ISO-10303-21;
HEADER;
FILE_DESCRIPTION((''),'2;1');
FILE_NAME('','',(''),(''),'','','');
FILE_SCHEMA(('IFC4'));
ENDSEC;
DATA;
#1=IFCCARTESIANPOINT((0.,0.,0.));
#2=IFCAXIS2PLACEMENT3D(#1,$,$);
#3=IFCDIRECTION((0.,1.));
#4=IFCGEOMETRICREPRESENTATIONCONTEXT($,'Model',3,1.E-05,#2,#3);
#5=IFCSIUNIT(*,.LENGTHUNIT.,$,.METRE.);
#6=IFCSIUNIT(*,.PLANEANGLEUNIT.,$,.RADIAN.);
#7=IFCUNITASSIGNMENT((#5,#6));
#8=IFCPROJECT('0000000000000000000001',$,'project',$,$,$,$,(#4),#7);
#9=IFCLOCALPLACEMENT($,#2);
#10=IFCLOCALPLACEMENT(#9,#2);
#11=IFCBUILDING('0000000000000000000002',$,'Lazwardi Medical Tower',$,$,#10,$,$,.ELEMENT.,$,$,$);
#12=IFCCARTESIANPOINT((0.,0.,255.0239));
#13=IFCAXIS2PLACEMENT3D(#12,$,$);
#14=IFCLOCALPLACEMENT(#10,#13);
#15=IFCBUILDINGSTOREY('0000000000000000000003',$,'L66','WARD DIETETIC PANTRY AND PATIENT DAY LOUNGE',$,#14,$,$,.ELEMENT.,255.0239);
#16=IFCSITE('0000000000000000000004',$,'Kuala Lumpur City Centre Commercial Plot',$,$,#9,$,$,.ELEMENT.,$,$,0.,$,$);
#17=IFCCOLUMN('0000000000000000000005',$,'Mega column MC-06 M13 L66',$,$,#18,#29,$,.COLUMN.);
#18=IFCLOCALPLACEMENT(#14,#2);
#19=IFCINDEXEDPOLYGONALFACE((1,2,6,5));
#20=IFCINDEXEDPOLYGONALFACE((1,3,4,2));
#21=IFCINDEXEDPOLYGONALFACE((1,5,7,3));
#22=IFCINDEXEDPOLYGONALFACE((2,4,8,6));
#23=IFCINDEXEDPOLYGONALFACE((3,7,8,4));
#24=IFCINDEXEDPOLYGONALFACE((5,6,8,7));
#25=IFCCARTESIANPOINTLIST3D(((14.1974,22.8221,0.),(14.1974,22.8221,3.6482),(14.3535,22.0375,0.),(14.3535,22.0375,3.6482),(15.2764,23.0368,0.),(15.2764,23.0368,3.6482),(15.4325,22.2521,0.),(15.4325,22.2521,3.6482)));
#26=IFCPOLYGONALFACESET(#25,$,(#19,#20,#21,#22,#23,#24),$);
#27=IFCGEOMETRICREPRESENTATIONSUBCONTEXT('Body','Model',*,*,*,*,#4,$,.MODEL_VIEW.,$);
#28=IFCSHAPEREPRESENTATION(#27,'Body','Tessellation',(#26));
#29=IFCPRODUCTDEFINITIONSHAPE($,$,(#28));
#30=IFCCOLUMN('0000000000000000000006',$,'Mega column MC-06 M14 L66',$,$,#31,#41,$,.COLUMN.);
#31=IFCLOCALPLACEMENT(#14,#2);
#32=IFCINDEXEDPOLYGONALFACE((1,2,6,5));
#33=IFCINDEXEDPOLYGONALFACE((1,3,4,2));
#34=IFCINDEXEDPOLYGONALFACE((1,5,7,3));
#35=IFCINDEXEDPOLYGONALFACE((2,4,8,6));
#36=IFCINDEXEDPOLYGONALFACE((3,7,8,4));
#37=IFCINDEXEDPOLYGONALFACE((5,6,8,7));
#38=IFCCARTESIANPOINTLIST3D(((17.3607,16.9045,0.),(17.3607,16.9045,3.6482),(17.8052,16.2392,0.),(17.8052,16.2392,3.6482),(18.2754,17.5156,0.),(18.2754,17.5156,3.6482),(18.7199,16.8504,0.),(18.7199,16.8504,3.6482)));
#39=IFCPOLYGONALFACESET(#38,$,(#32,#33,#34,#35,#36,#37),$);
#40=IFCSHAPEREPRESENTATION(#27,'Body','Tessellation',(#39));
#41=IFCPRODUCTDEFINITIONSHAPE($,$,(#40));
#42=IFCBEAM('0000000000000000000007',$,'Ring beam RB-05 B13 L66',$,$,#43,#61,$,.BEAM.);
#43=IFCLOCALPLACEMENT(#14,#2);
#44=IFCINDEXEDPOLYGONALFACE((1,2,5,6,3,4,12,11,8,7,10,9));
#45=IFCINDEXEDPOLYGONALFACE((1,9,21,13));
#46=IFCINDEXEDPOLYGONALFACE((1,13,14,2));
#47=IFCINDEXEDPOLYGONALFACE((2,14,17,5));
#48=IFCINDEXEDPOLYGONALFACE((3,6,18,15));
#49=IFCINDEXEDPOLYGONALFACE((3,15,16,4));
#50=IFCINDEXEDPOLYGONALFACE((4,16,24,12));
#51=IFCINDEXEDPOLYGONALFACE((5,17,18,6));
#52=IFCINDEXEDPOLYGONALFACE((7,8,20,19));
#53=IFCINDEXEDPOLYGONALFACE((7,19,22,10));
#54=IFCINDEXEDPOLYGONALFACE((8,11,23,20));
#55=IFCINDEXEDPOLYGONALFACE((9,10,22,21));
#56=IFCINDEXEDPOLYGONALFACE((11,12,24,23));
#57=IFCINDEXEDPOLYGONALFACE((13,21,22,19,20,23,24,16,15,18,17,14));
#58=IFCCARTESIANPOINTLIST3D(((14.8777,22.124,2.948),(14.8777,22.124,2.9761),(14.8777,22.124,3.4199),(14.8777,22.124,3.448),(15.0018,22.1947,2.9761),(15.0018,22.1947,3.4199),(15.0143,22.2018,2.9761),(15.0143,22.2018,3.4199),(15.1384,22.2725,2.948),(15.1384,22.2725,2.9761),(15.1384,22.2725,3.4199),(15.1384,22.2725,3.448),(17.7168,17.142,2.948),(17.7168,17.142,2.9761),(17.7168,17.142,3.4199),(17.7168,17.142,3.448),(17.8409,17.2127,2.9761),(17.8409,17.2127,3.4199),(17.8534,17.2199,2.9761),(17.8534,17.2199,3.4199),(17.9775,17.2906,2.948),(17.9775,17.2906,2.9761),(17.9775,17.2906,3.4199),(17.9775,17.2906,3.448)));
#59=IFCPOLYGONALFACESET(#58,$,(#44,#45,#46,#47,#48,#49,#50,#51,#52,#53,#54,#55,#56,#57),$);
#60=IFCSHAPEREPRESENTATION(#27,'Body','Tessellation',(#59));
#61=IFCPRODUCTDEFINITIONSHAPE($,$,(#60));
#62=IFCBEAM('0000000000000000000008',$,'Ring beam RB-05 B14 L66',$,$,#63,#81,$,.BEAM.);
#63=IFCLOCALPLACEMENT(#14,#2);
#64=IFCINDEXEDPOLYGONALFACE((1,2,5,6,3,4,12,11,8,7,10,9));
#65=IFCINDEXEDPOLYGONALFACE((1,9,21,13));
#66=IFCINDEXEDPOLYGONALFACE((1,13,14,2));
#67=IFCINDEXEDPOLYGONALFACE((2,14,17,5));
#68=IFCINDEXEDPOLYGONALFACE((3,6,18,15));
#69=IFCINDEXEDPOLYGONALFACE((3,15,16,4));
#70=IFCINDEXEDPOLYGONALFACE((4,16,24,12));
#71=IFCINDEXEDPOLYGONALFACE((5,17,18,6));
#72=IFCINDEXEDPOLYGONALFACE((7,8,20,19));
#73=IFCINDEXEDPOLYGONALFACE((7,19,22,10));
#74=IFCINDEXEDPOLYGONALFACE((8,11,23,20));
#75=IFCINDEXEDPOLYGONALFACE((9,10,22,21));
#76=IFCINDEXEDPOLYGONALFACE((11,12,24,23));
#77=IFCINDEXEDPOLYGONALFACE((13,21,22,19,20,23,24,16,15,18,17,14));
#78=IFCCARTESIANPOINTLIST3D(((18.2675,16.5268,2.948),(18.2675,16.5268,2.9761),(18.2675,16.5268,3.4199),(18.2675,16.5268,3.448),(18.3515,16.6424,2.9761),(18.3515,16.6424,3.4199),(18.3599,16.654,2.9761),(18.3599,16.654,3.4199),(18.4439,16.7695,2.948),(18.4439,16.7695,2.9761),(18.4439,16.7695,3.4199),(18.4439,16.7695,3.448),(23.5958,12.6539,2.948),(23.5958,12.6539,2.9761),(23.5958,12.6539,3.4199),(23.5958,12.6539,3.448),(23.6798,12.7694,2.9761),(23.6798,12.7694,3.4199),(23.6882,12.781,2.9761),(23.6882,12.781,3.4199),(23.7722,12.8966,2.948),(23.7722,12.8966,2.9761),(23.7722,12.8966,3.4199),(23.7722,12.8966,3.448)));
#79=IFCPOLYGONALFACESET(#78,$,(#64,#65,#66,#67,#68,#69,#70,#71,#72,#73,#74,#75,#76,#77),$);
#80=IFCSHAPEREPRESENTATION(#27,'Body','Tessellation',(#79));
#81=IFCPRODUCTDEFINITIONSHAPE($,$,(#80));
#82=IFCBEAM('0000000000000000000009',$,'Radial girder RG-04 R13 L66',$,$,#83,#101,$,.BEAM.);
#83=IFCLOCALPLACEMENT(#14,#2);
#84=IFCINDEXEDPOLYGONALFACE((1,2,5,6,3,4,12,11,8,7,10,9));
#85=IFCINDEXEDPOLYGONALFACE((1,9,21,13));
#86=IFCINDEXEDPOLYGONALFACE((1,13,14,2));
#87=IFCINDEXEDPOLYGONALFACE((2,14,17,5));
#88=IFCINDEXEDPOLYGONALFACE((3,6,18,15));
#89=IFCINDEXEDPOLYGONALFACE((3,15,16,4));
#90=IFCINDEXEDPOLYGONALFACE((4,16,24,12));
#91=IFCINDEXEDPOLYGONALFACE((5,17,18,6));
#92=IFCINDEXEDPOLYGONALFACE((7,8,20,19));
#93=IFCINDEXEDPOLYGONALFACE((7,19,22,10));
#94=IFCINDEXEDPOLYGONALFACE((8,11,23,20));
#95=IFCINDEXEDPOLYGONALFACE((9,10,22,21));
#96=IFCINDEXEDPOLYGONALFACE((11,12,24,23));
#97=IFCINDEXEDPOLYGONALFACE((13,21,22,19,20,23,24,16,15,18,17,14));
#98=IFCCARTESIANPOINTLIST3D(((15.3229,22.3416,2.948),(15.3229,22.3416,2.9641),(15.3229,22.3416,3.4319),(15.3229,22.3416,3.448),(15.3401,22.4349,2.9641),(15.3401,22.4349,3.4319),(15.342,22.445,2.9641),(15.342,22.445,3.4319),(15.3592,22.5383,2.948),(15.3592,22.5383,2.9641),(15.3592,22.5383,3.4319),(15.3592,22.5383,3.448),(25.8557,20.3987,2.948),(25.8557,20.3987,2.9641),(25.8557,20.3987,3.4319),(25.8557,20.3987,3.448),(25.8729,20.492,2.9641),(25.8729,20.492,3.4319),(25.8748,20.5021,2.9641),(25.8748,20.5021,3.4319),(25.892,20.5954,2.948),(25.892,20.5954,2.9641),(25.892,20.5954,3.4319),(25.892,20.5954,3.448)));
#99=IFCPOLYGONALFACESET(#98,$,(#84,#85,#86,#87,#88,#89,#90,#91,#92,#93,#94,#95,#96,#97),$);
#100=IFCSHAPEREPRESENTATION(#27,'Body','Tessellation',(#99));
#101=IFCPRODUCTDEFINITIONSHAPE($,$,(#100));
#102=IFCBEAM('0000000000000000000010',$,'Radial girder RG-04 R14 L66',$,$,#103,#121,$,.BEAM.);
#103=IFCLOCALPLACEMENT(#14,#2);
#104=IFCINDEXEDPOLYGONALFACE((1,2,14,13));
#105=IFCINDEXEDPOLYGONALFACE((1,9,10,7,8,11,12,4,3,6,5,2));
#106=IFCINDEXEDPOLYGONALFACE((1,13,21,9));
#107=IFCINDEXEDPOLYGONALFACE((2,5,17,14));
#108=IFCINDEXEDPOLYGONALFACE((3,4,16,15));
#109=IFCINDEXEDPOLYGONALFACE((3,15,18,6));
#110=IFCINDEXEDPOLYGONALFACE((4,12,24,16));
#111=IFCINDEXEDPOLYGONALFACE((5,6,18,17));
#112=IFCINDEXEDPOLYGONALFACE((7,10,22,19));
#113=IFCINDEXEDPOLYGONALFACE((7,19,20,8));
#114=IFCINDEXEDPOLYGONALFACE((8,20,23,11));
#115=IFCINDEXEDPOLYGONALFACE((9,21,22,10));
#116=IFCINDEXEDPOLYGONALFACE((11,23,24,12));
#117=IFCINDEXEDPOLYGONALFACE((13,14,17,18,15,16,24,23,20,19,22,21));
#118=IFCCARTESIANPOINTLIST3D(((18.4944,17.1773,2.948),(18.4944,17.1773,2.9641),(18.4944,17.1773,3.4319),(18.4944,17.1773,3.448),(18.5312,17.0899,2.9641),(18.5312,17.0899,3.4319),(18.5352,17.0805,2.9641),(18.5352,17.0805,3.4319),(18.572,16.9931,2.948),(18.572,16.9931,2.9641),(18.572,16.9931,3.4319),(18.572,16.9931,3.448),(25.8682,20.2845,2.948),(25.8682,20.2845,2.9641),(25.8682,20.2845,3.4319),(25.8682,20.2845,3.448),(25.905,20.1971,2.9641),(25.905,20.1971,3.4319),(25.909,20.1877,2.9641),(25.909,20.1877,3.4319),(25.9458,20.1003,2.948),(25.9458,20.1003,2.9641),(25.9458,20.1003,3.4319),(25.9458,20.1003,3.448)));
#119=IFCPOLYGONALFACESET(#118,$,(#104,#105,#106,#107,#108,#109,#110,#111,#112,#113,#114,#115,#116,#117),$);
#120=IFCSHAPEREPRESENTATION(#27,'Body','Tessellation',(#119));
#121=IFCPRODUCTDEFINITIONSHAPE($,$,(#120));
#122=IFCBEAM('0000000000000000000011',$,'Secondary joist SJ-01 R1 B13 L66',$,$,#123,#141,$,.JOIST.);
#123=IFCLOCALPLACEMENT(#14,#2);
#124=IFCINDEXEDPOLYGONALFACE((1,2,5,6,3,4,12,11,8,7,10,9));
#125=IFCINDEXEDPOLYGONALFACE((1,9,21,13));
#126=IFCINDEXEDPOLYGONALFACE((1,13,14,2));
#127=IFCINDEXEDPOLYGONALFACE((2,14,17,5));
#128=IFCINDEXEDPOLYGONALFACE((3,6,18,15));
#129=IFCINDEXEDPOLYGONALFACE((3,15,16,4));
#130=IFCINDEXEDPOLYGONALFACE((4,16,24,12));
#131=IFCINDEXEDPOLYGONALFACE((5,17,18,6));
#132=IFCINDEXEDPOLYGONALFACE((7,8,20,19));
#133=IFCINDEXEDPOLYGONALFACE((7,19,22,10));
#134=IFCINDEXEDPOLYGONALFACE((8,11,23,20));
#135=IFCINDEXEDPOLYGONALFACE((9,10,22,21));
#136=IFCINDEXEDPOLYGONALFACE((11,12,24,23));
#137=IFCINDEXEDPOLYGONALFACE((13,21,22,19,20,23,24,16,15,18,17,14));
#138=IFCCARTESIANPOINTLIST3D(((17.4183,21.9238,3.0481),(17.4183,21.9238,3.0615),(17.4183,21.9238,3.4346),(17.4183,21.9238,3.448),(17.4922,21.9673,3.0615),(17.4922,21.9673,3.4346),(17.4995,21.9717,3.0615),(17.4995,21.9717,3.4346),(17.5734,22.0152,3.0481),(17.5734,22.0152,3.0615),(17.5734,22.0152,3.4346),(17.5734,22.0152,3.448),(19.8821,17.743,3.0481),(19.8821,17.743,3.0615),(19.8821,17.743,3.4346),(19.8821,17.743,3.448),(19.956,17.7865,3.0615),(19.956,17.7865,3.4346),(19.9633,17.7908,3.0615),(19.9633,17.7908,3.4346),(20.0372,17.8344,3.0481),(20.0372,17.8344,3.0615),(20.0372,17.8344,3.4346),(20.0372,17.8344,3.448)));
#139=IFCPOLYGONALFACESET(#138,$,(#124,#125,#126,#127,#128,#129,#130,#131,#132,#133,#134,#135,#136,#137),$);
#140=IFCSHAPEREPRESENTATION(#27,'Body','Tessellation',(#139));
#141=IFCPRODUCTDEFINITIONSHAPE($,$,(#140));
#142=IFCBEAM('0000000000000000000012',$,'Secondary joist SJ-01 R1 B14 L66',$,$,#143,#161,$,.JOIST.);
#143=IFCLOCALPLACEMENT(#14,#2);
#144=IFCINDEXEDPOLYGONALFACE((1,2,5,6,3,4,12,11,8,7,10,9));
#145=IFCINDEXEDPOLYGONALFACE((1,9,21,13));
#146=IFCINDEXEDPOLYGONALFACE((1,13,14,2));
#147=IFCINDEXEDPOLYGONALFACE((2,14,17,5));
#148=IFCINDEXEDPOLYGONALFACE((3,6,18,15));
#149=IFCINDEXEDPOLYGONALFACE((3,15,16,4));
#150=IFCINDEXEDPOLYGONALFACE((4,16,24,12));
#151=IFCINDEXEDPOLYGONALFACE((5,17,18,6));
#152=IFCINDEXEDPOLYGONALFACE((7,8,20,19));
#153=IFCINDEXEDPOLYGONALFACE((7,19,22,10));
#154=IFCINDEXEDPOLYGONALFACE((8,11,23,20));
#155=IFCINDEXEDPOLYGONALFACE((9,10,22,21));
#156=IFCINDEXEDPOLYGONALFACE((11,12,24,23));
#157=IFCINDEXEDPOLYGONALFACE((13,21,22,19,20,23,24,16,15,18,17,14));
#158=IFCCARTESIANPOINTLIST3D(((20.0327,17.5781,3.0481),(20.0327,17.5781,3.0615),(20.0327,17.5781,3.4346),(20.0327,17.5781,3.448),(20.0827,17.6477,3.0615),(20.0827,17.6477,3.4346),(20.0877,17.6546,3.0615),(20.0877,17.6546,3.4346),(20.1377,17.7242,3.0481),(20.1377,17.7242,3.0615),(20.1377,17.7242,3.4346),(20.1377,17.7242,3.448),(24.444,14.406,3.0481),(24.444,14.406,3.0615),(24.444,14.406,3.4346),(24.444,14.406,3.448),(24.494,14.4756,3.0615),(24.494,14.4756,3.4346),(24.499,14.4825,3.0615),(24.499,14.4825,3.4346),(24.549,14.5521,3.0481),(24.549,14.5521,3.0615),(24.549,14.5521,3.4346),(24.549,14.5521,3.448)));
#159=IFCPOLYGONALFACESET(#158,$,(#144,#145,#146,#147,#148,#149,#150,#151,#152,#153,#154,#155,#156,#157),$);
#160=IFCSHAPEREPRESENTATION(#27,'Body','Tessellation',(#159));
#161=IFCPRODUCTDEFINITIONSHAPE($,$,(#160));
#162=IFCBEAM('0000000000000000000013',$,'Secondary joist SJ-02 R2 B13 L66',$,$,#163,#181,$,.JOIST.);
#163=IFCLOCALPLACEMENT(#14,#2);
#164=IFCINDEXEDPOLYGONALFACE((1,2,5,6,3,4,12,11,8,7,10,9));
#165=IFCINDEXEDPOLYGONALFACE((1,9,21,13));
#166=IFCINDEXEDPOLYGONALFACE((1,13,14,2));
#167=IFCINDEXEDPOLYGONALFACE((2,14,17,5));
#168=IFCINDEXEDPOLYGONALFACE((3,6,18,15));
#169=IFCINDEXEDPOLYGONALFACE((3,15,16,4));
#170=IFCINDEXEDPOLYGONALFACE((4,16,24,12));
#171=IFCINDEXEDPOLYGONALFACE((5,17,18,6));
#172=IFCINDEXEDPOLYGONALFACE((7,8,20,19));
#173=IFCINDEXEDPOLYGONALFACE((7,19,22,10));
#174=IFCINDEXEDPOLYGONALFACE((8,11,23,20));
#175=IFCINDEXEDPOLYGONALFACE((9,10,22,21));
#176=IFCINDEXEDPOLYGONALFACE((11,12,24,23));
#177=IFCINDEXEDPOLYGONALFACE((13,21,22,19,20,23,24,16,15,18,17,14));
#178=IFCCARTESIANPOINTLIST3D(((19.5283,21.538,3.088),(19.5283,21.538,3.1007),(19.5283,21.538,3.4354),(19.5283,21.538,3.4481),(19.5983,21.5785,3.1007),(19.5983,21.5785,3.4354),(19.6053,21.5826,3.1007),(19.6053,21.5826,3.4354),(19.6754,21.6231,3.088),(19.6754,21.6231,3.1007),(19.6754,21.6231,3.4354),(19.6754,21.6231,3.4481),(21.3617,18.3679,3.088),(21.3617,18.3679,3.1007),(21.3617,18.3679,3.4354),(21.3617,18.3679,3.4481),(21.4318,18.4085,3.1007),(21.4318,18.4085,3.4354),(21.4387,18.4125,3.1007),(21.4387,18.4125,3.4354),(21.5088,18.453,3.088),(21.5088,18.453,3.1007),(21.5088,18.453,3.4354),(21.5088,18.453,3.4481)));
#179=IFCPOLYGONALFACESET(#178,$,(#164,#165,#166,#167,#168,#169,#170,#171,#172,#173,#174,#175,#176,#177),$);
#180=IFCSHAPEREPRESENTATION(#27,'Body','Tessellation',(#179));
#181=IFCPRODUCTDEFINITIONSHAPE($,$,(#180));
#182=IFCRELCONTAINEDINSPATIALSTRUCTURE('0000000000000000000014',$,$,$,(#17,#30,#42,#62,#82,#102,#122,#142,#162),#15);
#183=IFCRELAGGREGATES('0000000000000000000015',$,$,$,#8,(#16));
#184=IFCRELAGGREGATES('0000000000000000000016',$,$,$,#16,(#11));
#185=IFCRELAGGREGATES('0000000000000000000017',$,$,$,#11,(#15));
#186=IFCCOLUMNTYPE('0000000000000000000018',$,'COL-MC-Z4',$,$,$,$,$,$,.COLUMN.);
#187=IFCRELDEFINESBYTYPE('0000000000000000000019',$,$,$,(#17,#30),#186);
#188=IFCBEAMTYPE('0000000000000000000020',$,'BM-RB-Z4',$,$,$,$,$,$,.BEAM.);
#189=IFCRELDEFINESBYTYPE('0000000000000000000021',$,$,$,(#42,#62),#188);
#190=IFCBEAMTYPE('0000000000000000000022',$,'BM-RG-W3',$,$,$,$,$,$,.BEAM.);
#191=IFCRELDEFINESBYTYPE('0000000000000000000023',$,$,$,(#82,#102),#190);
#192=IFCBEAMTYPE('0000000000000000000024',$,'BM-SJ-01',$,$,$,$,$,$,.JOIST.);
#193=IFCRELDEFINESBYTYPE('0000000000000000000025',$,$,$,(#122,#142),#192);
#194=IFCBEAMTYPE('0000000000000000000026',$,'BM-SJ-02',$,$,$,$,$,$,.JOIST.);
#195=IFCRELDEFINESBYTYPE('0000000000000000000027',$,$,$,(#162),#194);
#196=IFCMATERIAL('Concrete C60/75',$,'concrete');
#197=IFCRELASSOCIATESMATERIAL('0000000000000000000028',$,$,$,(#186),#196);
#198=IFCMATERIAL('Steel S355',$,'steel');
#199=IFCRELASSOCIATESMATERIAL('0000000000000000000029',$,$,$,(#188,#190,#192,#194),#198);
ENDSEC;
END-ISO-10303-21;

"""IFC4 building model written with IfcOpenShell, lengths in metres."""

from ifc_helpers import new_model, si_unit, direction, frame, origin, origin_2d, place, context, subcontext, project, spatial, rectangle, i_section, extrude, material, material_profile, profile_set, type_object, element, save


model = new_model("IFC4")

# Units and contexts
model_context = context("Model", 3, precision=1e-05, world=origin(), true_north=direction((0.0, 1.0)))
body_context = subcontext(model_context, "Body", "Model", "MODEL_VIEW")
ifc_project = project(units=[si_unit("LENGTHUNIT", "METRE"), si_unit("PLANEANGLEUNIT", "RADIAN")], contexts=[model_context])

# Site, building, storey
site_placement = place(None, origin())
site = spatial("IfcSite", under=ifc_project, at=site_placement, Name="Kuala Lumpur City Centre Commercial Plot", CompositionType="ELEMENT", RefElevation=0.0)
building_placement = place(site_placement, origin())
building = spatial("IfcBuilding", under=site, at=building_placement, Name="Lazwardi Medical Tower", CompositionType="ELEMENT")
storey_placement = place(building_placement, frame((0.0, 0.0, 255.0239)))
storey = spatial("IfcBuildingStorey", under=building, at=storey_placement, Name="L66", Description="WARD DIETETIC PANTRY AND PATIENT DAY LOUNGE", CompositionType="ELEMENT", Elevation=255.0239)

# Columns
ifc_material_1 = material(Name="Concrete C60/75", Category="concrete")
ifc_material_profile_1 = material_profile(ifc_material_1, rectangle(XDim=1.1001, YDim=0.8, at=origin_2d()), Name="CFT-RECT 1100x800")
ifc_profile_set_1 = profile_set([ifc_material_profile_1], Name="Concrete C60/75")
column_type = type_object("IfcColumnType", Name="COL-MC-Z4", PredefinedType="COLUMN", material=ifc_profile_set_1)
for number, where, z_axis, x_axis, name in (
    (1, (14.8149, 22.5371, 0.0), (0.0, 0.0, 1.0), (-0.980785, -0.19509, 0.0), "Mega column MC-06 M13 L66"),
    (2, (18.0403, 16.8774, 0.0), (0.0, 0.0, 1.0), (-0.83147, -0.55557, 0.0), "Mega column MC-06 M14 L66"),
):
    element("IfcColumn", number, at=place(storey_placement, frame(where, z_axis=z_axis, x_axis=x_axis)), inside=storey, type_object=column_type, Name=name, PredefinedType="COLUMN", context=body_context, shape_type="SweptSolid", body=[
        extrude(rectangle(XDim=1.1001, YDim=0.8, at=origin_2d()), origin(), (0.0, 0.0, 1.0), 3.6482),
    ])

# Beams
ifc_material_2 = material(Name="Steel S355", Category="steel")
ifc_material_profile_2 = material_profile(ifc_material_2, i_section(OverallWidth=0.3, OverallDepth=0.5, WebThickness=0.0144, FlangeThickness=0.0281, at=origin_2d()), Name="HEB 500")
ifc_profile_set_2 = profile_set([ifc_material_profile_2], Name="Steel S355")
beam_type_1 = type_object("IfcBeamType", Name="BM-RB-Z4", PredefinedType="BEAM", material=ifc_profile_set_2)
beam_1_placement = place(storey_placement, frame((15.0081, 22.1982, 3.198), z_axis=(0.495125, -0.868822, 0.0), x_axis=(0.868822, 0.495125, 0.0)))
element("IfcBeam", 3, at=beam_1_placement, inside=storey, type_object=beam_type_1, Name="Ring beam RB-05 B13 L66", PredefinedType="BEAM", context=body_context, shape_type="SweptSolid", body=[
    extrude(i_section(OverallWidth=0.3, OverallDepth=0.5, WebThickness=0.0144, FlangeThickness=0.0281, at=origin_2d()), origin(), (0.0, 0.0, 1.0), 5.7341),
])
beam_2_placement = place(storey_placement, frame((18.3557, 16.6482, 3.198), z_axis=(0.80889, -0.58796, 0.0), x_axis=(0.58796, 0.80889, 0.0)))
element("IfcBeam", 4, at=beam_2_placement, inside=storey, type_object=beam_type_1, Name="Ring beam RB-05 B14 L66", PredefinedType="BEAM", context=body_context, shape_type="SweptSolid", body=[
    extrude(i_section(OverallWidth=0.3, OverallDepth=0.5, WebThickness=0.0144, FlangeThickness=0.0281, at=origin_2d()), origin(), (0.0, 0.0, 1.0), 6.5872),
])
ifc_material_profile_3 = material_profile(ifc_material_2, i_section(OverallWidth=0.2, OverallDepth=0.5, WebThickness=0.0103, FlangeThickness=0.0161, at=origin_2d()), Name="IPE 500")
ifc_profile_set_3 = profile_set([ifc_material_profile_3], Name="Steel S355")
beam_type_2 = type_object("IfcBeamType", Name="BM-RG-W3", PredefinedType="BEAM", material=ifc_profile_set_3)
beam_3_placement = place(storey_placement, frame((15.3411, 22.4399, 3.198), z_axis=(0.983409, -0.1814, 0.0), x_axis=(0.1814, 0.983409, 0.0)))
element("IfcBeam", 5, at=beam_3_placement, inside=storey, type_object=beam_type_2, Name="Radial girder RG-04 R13 L66", PredefinedType="BEAM", context=body_context, shape_type="SweptSolid", body=[
    extrude(i_section(OverallWidth=0.2, OverallDepth=0.5, WebThickness=0.0103, FlangeThickness=0.0161, at=origin_2d()), origin(), (0.0, 0.0, 1.0), 10.7104),
])
beam_4_placement = place(storey_placement, frame((18.5332, 17.0852, 3.198), z_axis=(0.921527, 0.388315, 0.0), x_axis=(-0.388315, 0.921527, 0.0)))
element("IfcBeam", 6, at=beam_4_placement, inside=storey, type_object=beam_type_2, Name="Radial girder RG-04 R14 L66", PredefinedType="BEAM", context=body_context, shape_type="SweptSolid", body=[
    extrude(i_section(OverallWidth=0.2, OverallDepth=0.5, WebThickness=0.0103, FlangeThickness=0.0161, at=origin_2d()), origin(), (0.0, 0.0, 1.0), 8.0017),
])
ifc_material_profile_4 = material_profile(ifc_material_2, i_section(OverallWidth=0.1799, OverallDepth=0.3999, WebThickness=0.0085, FlangeThickness=0.0134, at=origin_2d()), Name="IPE 400")
ifc_profile_set_4 = profile_set([ifc_material_profile_4], Name="Steel S355")
beam_type_3 = type_object("IfcBeamType", Name="BM-SJ-01", PredefinedType="JOIST", material=ifc_profile_set_4)
beam_5_placement = place(storey_placement, frame((17.4958, 21.9695, 3.248), z_axis=(0.50771, -0.861528, 0.0), x_axis=(0.861528, 0.50771, 0.0)))
element("IfcBeam", 7, at=beam_5_placement, inside=storey, type_object=beam_type_3, Name="Secondary joist SJ-01 R1 B13 L66", PredefinedType="JOIST", context=body_context, shape_type="SweptSolid", body=[
    extrude(i_section(OverallWidth=0.1799, OverallDepth=0.3999, WebThickness=0.0085, FlangeThickness=0.0134, at=origin_2d()), origin(), (0.0, 0.0, 1.0), 4.8528),
])
beam_6_placement = place(storey_placement, frame((20.0852, 17.6511, 3.248), z_axis=(0.81189, -0.583811, 0.0), x_axis=(0.583811, 0.81189, 0.0)))
element("IfcBeam", 8, at=beam_6_placement, inside=storey, type_object=beam_type_3, Name="Secondary joist SJ-01 R1 B14 L66", PredefinedType="JOIST", context=body_context, shape_type="SweptSolid", body=[
    extrude(i_section(OverallWidth=0.1799, OverallDepth=0.3999, WebThickness=0.0085, FlangeThickness=0.0134, at=origin_2d()), origin(), (0.0, 0.0, 1.0), 5.4333),
])
ifc_material_profile_5 = material_profile(ifc_material_2, i_section(OverallWidth=0.1699, OverallDepth=0.3601, WebThickness=0.0081, FlangeThickness=0.0127, at=origin_2d()), Name="IPE 360")
ifc_profile_set_5 = profile_set([ifc_material_profile_5], Name="Steel S355")
beam_type_4 = type_object("IfcBeamType", Name="BM-SJ-02", PredefinedType="JOIST", material=ifc_profile_set_5)
beam_7_placement = place(storey_placement, frame((19.6018, 21.5806, 3.2681), z_axis=(0.500655, -0.865647, 0.0), x_axis=(0.865647, 0.500655, 0.0)))
element("IfcBeam", 9, at=beam_7_placement, inside=storey, type_object=beam_type_4, Name="Secondary joist SJ-02 R2 B13 L66", PredefinedType="JOIST", context=body_context, shape_type="SweptSolid", body=[
    extrude(i_section(OverallWidth=0.1699, OverallDepth=0.3601, WebThickness=0.0081, FlangeThickness=0.0127, at=origin_2d()), origin(), (0.0, 0.0, 1.0), 3.6621),
])

save(model, "model.ifc")
